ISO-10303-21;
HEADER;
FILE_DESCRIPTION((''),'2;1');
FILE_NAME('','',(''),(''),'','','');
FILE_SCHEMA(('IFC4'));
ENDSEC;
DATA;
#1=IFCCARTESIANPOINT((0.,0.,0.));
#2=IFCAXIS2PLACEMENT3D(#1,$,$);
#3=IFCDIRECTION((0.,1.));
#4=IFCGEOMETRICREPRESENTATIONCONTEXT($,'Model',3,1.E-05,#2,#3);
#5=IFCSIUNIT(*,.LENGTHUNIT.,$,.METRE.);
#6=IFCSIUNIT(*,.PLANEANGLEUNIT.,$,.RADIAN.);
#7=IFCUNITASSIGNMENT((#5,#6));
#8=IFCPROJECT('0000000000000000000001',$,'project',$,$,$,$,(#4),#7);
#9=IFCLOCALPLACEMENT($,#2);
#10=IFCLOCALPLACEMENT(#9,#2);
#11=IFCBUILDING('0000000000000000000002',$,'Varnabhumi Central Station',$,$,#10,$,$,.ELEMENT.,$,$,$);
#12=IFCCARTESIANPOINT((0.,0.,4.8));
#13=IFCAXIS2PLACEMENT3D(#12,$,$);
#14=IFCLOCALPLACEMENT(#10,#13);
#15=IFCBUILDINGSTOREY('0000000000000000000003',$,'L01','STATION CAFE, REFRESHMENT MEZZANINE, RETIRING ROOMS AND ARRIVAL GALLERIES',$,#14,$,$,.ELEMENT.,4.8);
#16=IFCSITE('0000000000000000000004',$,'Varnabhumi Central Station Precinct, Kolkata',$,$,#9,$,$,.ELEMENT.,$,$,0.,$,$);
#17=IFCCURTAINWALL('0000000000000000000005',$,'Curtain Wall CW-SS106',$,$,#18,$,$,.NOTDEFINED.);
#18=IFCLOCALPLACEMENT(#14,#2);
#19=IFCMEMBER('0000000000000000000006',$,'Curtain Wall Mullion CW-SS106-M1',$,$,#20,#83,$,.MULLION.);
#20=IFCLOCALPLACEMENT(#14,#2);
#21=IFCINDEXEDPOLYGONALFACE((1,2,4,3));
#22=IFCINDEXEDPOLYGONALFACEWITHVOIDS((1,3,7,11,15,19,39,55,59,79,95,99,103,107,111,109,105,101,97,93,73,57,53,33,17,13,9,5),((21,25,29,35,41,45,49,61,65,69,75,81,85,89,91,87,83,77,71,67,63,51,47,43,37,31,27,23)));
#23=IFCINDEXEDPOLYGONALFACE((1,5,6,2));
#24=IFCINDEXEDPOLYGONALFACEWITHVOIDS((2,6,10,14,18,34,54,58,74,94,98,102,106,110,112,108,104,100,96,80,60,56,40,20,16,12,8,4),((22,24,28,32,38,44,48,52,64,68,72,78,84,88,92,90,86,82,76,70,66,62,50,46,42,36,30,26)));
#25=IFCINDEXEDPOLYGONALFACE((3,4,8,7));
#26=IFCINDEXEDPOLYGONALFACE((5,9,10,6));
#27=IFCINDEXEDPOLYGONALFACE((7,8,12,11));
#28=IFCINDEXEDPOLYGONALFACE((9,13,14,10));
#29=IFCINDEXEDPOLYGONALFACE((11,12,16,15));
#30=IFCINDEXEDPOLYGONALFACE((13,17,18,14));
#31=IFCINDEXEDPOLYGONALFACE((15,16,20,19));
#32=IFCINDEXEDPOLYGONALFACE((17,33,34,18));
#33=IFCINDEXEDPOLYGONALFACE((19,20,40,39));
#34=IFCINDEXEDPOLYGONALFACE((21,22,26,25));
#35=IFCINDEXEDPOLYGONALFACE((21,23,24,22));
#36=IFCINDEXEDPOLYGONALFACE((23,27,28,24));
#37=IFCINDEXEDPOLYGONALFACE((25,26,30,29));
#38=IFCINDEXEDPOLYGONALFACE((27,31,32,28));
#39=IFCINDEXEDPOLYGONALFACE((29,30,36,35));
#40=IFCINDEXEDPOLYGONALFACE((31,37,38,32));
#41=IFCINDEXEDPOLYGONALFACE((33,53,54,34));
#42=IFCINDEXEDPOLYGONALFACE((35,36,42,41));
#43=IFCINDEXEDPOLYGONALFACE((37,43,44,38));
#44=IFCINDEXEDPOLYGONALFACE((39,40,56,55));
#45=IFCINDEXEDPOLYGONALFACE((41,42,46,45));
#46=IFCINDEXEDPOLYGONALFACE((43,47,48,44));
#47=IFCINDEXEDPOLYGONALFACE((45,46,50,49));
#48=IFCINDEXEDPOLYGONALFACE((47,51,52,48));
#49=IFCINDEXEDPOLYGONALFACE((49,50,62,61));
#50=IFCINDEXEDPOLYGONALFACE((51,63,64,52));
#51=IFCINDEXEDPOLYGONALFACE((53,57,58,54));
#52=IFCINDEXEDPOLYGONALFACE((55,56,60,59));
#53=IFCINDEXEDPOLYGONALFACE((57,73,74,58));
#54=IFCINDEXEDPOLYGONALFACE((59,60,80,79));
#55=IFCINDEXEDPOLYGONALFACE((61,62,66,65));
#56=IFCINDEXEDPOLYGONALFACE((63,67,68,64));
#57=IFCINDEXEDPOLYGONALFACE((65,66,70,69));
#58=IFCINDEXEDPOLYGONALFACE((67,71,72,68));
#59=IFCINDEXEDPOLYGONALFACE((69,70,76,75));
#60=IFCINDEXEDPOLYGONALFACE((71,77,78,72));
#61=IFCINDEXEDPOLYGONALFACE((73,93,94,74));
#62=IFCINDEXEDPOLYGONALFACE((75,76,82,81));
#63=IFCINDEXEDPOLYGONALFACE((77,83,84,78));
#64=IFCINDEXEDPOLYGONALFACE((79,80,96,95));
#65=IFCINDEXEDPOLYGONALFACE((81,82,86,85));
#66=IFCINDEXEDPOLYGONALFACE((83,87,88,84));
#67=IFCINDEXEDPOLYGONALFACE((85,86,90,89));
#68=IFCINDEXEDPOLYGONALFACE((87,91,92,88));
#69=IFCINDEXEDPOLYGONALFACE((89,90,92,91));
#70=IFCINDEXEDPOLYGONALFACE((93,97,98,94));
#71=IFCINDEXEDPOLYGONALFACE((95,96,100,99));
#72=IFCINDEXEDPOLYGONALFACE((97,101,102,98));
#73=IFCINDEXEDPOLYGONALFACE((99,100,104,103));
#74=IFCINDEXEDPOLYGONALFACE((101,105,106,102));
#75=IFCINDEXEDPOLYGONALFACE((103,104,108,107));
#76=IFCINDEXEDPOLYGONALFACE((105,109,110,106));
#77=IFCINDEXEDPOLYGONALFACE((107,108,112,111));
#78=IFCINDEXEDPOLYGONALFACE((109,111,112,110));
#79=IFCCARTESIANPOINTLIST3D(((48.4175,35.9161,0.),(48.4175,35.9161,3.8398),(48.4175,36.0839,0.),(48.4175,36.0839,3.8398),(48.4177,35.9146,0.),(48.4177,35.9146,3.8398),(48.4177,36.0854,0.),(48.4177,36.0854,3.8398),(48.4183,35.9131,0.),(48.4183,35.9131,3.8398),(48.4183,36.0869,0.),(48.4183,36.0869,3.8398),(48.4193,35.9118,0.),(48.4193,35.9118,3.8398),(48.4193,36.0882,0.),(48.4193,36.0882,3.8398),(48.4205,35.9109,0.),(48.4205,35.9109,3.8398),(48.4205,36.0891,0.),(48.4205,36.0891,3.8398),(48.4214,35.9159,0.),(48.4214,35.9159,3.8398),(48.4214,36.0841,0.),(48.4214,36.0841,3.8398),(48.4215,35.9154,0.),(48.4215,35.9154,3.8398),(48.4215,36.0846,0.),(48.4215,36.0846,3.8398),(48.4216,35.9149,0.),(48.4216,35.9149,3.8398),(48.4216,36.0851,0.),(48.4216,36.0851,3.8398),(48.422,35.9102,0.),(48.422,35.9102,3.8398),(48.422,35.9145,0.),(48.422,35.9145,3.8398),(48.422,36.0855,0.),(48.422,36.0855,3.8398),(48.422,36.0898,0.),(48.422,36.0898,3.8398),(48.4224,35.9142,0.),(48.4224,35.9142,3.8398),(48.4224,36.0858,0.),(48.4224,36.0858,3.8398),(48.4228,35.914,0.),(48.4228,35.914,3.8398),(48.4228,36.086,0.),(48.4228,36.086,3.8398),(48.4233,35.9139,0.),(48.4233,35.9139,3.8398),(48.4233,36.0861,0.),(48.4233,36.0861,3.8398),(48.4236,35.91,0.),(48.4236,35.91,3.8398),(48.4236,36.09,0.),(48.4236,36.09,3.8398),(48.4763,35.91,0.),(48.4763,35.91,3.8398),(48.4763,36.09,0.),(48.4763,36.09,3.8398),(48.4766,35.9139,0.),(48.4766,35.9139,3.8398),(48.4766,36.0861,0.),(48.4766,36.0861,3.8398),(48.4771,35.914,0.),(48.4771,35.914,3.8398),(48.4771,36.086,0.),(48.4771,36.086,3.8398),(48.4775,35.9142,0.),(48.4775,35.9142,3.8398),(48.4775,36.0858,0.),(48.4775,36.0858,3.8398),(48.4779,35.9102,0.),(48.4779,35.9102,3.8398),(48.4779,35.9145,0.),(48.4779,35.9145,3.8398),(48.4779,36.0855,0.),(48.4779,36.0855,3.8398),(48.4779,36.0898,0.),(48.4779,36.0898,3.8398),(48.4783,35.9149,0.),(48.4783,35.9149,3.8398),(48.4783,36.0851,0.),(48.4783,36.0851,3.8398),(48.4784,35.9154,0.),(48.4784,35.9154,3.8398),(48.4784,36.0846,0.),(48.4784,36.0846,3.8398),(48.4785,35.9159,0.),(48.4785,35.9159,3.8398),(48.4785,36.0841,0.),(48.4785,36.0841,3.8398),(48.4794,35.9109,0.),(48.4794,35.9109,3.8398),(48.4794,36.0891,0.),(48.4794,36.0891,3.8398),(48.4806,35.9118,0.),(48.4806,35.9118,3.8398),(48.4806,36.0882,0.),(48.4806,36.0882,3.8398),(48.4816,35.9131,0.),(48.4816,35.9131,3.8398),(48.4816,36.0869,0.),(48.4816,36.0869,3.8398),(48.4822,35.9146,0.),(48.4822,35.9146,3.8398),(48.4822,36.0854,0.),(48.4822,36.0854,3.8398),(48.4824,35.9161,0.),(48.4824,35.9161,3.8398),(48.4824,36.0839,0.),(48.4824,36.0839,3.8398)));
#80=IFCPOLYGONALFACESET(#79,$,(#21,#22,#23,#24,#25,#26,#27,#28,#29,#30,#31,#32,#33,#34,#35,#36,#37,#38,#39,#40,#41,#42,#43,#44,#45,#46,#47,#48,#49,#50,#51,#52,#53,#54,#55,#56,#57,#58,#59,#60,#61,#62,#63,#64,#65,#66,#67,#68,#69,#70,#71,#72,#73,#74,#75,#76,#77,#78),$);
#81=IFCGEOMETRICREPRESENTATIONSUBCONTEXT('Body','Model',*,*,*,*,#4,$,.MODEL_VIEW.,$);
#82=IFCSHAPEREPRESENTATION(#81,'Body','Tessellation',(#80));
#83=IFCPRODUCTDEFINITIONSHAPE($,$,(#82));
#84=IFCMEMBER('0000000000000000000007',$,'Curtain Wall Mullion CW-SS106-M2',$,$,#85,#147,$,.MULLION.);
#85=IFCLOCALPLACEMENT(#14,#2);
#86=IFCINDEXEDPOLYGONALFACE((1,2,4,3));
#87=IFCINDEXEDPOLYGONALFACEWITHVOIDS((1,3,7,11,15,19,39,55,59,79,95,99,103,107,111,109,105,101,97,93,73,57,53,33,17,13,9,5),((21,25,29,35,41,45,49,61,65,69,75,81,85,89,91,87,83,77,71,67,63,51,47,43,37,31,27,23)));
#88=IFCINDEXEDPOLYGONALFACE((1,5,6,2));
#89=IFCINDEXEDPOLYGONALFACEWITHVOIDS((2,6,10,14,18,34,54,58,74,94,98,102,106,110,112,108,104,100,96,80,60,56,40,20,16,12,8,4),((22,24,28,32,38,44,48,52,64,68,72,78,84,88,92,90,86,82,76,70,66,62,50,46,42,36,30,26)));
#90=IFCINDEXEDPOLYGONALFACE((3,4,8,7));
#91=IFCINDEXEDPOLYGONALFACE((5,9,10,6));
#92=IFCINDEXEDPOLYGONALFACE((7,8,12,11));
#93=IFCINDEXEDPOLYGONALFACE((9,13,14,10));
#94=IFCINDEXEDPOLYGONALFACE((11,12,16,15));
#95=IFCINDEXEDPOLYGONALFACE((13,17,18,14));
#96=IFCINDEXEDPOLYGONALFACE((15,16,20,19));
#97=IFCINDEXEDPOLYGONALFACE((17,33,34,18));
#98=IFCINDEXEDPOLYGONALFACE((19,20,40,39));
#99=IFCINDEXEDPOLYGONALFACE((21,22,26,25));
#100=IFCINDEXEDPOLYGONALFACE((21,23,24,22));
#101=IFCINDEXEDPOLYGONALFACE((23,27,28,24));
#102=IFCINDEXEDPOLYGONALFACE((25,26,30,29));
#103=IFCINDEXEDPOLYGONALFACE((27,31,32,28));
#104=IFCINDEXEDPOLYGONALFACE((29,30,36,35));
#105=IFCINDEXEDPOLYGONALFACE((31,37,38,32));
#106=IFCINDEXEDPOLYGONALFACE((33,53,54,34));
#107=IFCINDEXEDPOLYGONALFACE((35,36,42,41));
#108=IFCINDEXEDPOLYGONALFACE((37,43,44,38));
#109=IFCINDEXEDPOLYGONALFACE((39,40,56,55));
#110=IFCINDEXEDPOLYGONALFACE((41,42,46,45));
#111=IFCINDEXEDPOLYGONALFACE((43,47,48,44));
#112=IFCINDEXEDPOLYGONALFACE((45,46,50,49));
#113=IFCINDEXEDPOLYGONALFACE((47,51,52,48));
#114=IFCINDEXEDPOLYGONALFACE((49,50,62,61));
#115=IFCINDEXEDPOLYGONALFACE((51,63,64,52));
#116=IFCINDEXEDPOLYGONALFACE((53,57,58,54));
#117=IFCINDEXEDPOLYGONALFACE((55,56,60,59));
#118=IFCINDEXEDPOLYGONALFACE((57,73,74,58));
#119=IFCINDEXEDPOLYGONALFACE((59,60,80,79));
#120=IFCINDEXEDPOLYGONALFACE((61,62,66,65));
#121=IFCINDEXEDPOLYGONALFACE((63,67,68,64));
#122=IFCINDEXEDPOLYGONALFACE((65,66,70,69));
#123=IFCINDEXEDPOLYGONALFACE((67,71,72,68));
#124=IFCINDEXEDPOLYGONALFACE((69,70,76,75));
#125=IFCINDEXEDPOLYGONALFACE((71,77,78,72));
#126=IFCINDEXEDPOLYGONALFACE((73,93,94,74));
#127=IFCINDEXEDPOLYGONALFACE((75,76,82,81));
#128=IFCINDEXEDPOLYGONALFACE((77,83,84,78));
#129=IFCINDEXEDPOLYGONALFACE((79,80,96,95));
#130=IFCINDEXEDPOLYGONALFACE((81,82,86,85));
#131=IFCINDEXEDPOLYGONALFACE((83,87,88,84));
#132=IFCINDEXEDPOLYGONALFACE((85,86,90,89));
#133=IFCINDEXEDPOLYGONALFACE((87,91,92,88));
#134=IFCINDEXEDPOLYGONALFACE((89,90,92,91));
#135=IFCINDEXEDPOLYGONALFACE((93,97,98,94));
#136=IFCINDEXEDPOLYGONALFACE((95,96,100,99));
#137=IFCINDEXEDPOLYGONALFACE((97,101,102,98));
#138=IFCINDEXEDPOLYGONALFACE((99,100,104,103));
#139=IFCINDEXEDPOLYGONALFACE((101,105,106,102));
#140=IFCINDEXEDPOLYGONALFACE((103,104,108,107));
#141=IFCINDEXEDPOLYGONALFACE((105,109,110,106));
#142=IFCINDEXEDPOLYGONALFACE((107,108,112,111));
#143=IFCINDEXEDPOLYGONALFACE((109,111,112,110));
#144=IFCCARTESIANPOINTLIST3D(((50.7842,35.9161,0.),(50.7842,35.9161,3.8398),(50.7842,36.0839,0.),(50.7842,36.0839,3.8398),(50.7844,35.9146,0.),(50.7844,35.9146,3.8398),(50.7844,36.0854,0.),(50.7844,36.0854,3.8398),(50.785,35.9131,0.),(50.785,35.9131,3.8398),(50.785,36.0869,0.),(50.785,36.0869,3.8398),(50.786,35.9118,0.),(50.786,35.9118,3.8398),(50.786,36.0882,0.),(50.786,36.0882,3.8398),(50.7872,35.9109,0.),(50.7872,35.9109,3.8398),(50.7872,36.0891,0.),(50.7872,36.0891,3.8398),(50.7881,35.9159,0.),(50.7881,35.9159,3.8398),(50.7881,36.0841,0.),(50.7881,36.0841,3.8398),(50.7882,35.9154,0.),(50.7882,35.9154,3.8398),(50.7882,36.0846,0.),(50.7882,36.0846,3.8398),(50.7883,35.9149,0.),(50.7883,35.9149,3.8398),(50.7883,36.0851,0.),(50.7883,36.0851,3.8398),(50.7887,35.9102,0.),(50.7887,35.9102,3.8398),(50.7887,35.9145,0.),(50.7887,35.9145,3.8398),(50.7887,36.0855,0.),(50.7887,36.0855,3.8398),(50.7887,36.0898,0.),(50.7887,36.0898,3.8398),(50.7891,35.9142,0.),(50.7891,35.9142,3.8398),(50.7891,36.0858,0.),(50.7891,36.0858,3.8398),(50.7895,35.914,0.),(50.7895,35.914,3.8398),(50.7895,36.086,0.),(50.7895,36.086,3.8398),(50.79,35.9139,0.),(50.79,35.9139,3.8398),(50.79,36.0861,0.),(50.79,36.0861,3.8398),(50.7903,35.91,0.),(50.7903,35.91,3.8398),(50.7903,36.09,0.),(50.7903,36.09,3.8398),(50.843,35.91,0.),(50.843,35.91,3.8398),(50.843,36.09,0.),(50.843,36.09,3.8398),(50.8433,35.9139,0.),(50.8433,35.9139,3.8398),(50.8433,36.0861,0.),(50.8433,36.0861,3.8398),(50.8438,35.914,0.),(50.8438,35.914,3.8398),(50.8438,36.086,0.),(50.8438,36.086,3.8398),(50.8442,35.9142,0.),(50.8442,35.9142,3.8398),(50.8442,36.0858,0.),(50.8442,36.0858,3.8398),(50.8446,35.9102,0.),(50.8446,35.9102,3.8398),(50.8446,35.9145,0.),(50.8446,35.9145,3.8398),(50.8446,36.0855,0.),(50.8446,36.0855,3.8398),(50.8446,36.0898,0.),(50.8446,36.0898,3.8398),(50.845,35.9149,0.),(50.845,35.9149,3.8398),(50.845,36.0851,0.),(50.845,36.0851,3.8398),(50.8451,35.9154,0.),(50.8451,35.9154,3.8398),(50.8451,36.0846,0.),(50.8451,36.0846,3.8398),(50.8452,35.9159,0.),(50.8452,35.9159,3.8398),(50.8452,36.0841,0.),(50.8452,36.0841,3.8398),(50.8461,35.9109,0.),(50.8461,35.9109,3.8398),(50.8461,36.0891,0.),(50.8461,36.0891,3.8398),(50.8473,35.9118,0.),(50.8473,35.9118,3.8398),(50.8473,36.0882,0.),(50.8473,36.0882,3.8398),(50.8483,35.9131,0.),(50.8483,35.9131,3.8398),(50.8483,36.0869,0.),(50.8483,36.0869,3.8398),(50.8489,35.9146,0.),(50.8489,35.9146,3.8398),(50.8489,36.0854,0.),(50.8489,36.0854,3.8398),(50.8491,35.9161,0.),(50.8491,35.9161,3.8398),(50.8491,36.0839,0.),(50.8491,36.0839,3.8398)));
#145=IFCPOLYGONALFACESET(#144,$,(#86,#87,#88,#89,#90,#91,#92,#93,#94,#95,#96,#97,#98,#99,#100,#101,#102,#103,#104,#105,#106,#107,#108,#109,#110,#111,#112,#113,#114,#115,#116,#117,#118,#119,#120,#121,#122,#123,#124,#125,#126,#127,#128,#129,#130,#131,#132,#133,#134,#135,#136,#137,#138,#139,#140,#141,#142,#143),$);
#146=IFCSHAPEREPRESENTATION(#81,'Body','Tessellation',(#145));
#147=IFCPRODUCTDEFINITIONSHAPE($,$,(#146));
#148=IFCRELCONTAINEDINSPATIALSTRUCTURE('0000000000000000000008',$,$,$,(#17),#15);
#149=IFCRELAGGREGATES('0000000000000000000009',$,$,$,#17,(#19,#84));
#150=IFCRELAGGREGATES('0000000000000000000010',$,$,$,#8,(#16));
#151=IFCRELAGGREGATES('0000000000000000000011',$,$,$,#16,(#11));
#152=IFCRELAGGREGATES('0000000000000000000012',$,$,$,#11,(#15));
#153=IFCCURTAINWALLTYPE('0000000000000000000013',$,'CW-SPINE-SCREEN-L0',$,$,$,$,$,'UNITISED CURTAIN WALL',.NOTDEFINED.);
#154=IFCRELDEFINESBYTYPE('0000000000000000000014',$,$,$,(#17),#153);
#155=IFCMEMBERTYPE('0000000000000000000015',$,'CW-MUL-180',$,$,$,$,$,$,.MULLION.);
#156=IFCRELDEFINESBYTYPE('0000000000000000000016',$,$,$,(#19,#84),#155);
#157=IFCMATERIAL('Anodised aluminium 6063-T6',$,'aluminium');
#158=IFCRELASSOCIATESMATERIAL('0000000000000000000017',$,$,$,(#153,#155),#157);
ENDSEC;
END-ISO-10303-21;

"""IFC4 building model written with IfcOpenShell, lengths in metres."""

from ifc_helpers import new_model, si_unit, direction, frame, origin, origin_2d, place, context, subcontext, project, spatial, hollow_rectangle, extrude, material, material_profile, profile_set, type_object, element, aggregate, save


model = new_model("IFC4")

# Units and contexts
model_context = context("Model", 3, precision=1e-05, world=origin(), true_north=direction((0.0, 1.0)))
body_context = subcontext(model_context, "Body", "Model", "MODEL_VIEW")
ifc_project = project(units=[si_unit("LENGTHUNIT", "METRE"), si_unit("PLANEANGLEUNIT", "RADIAN")], contexts=[model_context])

# Site, building, storey
site_placement = place(None, origin())
site = spatial("IfcSite", under=ifc_project, at=site_placement, Name="Varnabhumi Central Station Precinct, Kolkata", CompositionType="ELEMENT", RefElevation=0.0)
building_placement = place(site_placement, origin())
building = spatial("IfcBuilding", under=site, at=building_placement, Name="Varnabhumi Central Station", CompositionType="ELEMENT")
storey_placement = place(building_placement, frame((0.0, 0.0, 4.8)))
storey = spatial("IfcBuildingStorey", under=building, at=storey_placement, Name="L01", Description="STATION CAFE, REFRESHMENT MEZZANINE, RETIRING ROOMS AND ARRIVAL GALLERIES", CompositionType="ELEMENT", Elevation=4.8)

# Curtain wall, members
ifc_material_1 = material(Name="Anodised aluminium 6063-T6", Category="aluminium")
curtain_wall_type = type_object("IfcCurtainWallType", Name="CW-SPINE-SCREEN-L0", ElementType="UNITISED CURTAIN WALL", PredefinedType="NOTDEFINED", material=ifc_material_1)
curtain_wall_placement = place(storey_placement, origin())
curtain_wall = element("IfcCurtainWall", 1, at=curtain_wall_placement, inside=storey, type_object=curtain_wall_type, Name="Curtain Wall CW-SS106", PredefinedType="NOTDEFINED")
ifc_material_profile_1 = material_profile(ifc_material_1, hollow_rectangle(XDim=0.0649, YDim=0.1799, WallThickness=0.0039, InnerFilletRadius=0.002, OuterFilletRadius=0.0061, at=origin_2d()), Name="Anodised aluminium 6063-T6", Category="aluminium")
ifc_profile_set_1 = profile_set([ifc_material_profile_1], Name="Anodised aluminium 6063-T6")
member_type_1 = type_object("IfcMemberType", Name="CW-MUL-180", PredefinedType="MULLION", material=ifc_profile_set_1)
member_1_placement = place(storey_placement, frame((48.45, 36.0, 0.0), z_axis=(0.0, 0.0, 1.0), x_axis=(1.0, 0.0, 0.0)))
member_1 = element("IfcMember", 2, at=member_1_placement, type_object=member_type_1, Name="Curtain Wall Mullion CW-SS106-M1", PredefinedType="MULLION", context=body_context, shape_type="SweptSolid", body=[
    extrude(hollow_rectangle(XDim=0.0649, YDim=0.1799, WallThickness=0.0039, InnerFilletRadius=0.002, OuterFilletRadius=0.0061, at=origin_2d()), origin(), (0.0, 0.0, 1.0), 3.8398),
])
member_2_placement = place(storey_placement, frame((50.8167, 36.0, 0.0), z_axis=(0.0, 0.0, 1.0), x_axis=(1.0, 0.0, 0.0)))
member_2 = element("IfcMember", 3, at=member_2_placement, type_object=member_type_1, Name="Curtain Wall Mullion CW-SS106-M2", PredefinedType="MULLION", context=body_context, shape_type="SweptSolid", body=[
    extrude(hollow_rectangle(XDim=0.0649, YDim=0.1799, WallThickness=0.0039, InnerFilletRadius=0.002, OuterFilletRadius=0.0061, at=origin_2d()), origin(), (0.0, 0.0, 1.0), 3.8398),
])
aggregate(curtain_wall, [member_1, member_2])

save(model, "model.ifc")
